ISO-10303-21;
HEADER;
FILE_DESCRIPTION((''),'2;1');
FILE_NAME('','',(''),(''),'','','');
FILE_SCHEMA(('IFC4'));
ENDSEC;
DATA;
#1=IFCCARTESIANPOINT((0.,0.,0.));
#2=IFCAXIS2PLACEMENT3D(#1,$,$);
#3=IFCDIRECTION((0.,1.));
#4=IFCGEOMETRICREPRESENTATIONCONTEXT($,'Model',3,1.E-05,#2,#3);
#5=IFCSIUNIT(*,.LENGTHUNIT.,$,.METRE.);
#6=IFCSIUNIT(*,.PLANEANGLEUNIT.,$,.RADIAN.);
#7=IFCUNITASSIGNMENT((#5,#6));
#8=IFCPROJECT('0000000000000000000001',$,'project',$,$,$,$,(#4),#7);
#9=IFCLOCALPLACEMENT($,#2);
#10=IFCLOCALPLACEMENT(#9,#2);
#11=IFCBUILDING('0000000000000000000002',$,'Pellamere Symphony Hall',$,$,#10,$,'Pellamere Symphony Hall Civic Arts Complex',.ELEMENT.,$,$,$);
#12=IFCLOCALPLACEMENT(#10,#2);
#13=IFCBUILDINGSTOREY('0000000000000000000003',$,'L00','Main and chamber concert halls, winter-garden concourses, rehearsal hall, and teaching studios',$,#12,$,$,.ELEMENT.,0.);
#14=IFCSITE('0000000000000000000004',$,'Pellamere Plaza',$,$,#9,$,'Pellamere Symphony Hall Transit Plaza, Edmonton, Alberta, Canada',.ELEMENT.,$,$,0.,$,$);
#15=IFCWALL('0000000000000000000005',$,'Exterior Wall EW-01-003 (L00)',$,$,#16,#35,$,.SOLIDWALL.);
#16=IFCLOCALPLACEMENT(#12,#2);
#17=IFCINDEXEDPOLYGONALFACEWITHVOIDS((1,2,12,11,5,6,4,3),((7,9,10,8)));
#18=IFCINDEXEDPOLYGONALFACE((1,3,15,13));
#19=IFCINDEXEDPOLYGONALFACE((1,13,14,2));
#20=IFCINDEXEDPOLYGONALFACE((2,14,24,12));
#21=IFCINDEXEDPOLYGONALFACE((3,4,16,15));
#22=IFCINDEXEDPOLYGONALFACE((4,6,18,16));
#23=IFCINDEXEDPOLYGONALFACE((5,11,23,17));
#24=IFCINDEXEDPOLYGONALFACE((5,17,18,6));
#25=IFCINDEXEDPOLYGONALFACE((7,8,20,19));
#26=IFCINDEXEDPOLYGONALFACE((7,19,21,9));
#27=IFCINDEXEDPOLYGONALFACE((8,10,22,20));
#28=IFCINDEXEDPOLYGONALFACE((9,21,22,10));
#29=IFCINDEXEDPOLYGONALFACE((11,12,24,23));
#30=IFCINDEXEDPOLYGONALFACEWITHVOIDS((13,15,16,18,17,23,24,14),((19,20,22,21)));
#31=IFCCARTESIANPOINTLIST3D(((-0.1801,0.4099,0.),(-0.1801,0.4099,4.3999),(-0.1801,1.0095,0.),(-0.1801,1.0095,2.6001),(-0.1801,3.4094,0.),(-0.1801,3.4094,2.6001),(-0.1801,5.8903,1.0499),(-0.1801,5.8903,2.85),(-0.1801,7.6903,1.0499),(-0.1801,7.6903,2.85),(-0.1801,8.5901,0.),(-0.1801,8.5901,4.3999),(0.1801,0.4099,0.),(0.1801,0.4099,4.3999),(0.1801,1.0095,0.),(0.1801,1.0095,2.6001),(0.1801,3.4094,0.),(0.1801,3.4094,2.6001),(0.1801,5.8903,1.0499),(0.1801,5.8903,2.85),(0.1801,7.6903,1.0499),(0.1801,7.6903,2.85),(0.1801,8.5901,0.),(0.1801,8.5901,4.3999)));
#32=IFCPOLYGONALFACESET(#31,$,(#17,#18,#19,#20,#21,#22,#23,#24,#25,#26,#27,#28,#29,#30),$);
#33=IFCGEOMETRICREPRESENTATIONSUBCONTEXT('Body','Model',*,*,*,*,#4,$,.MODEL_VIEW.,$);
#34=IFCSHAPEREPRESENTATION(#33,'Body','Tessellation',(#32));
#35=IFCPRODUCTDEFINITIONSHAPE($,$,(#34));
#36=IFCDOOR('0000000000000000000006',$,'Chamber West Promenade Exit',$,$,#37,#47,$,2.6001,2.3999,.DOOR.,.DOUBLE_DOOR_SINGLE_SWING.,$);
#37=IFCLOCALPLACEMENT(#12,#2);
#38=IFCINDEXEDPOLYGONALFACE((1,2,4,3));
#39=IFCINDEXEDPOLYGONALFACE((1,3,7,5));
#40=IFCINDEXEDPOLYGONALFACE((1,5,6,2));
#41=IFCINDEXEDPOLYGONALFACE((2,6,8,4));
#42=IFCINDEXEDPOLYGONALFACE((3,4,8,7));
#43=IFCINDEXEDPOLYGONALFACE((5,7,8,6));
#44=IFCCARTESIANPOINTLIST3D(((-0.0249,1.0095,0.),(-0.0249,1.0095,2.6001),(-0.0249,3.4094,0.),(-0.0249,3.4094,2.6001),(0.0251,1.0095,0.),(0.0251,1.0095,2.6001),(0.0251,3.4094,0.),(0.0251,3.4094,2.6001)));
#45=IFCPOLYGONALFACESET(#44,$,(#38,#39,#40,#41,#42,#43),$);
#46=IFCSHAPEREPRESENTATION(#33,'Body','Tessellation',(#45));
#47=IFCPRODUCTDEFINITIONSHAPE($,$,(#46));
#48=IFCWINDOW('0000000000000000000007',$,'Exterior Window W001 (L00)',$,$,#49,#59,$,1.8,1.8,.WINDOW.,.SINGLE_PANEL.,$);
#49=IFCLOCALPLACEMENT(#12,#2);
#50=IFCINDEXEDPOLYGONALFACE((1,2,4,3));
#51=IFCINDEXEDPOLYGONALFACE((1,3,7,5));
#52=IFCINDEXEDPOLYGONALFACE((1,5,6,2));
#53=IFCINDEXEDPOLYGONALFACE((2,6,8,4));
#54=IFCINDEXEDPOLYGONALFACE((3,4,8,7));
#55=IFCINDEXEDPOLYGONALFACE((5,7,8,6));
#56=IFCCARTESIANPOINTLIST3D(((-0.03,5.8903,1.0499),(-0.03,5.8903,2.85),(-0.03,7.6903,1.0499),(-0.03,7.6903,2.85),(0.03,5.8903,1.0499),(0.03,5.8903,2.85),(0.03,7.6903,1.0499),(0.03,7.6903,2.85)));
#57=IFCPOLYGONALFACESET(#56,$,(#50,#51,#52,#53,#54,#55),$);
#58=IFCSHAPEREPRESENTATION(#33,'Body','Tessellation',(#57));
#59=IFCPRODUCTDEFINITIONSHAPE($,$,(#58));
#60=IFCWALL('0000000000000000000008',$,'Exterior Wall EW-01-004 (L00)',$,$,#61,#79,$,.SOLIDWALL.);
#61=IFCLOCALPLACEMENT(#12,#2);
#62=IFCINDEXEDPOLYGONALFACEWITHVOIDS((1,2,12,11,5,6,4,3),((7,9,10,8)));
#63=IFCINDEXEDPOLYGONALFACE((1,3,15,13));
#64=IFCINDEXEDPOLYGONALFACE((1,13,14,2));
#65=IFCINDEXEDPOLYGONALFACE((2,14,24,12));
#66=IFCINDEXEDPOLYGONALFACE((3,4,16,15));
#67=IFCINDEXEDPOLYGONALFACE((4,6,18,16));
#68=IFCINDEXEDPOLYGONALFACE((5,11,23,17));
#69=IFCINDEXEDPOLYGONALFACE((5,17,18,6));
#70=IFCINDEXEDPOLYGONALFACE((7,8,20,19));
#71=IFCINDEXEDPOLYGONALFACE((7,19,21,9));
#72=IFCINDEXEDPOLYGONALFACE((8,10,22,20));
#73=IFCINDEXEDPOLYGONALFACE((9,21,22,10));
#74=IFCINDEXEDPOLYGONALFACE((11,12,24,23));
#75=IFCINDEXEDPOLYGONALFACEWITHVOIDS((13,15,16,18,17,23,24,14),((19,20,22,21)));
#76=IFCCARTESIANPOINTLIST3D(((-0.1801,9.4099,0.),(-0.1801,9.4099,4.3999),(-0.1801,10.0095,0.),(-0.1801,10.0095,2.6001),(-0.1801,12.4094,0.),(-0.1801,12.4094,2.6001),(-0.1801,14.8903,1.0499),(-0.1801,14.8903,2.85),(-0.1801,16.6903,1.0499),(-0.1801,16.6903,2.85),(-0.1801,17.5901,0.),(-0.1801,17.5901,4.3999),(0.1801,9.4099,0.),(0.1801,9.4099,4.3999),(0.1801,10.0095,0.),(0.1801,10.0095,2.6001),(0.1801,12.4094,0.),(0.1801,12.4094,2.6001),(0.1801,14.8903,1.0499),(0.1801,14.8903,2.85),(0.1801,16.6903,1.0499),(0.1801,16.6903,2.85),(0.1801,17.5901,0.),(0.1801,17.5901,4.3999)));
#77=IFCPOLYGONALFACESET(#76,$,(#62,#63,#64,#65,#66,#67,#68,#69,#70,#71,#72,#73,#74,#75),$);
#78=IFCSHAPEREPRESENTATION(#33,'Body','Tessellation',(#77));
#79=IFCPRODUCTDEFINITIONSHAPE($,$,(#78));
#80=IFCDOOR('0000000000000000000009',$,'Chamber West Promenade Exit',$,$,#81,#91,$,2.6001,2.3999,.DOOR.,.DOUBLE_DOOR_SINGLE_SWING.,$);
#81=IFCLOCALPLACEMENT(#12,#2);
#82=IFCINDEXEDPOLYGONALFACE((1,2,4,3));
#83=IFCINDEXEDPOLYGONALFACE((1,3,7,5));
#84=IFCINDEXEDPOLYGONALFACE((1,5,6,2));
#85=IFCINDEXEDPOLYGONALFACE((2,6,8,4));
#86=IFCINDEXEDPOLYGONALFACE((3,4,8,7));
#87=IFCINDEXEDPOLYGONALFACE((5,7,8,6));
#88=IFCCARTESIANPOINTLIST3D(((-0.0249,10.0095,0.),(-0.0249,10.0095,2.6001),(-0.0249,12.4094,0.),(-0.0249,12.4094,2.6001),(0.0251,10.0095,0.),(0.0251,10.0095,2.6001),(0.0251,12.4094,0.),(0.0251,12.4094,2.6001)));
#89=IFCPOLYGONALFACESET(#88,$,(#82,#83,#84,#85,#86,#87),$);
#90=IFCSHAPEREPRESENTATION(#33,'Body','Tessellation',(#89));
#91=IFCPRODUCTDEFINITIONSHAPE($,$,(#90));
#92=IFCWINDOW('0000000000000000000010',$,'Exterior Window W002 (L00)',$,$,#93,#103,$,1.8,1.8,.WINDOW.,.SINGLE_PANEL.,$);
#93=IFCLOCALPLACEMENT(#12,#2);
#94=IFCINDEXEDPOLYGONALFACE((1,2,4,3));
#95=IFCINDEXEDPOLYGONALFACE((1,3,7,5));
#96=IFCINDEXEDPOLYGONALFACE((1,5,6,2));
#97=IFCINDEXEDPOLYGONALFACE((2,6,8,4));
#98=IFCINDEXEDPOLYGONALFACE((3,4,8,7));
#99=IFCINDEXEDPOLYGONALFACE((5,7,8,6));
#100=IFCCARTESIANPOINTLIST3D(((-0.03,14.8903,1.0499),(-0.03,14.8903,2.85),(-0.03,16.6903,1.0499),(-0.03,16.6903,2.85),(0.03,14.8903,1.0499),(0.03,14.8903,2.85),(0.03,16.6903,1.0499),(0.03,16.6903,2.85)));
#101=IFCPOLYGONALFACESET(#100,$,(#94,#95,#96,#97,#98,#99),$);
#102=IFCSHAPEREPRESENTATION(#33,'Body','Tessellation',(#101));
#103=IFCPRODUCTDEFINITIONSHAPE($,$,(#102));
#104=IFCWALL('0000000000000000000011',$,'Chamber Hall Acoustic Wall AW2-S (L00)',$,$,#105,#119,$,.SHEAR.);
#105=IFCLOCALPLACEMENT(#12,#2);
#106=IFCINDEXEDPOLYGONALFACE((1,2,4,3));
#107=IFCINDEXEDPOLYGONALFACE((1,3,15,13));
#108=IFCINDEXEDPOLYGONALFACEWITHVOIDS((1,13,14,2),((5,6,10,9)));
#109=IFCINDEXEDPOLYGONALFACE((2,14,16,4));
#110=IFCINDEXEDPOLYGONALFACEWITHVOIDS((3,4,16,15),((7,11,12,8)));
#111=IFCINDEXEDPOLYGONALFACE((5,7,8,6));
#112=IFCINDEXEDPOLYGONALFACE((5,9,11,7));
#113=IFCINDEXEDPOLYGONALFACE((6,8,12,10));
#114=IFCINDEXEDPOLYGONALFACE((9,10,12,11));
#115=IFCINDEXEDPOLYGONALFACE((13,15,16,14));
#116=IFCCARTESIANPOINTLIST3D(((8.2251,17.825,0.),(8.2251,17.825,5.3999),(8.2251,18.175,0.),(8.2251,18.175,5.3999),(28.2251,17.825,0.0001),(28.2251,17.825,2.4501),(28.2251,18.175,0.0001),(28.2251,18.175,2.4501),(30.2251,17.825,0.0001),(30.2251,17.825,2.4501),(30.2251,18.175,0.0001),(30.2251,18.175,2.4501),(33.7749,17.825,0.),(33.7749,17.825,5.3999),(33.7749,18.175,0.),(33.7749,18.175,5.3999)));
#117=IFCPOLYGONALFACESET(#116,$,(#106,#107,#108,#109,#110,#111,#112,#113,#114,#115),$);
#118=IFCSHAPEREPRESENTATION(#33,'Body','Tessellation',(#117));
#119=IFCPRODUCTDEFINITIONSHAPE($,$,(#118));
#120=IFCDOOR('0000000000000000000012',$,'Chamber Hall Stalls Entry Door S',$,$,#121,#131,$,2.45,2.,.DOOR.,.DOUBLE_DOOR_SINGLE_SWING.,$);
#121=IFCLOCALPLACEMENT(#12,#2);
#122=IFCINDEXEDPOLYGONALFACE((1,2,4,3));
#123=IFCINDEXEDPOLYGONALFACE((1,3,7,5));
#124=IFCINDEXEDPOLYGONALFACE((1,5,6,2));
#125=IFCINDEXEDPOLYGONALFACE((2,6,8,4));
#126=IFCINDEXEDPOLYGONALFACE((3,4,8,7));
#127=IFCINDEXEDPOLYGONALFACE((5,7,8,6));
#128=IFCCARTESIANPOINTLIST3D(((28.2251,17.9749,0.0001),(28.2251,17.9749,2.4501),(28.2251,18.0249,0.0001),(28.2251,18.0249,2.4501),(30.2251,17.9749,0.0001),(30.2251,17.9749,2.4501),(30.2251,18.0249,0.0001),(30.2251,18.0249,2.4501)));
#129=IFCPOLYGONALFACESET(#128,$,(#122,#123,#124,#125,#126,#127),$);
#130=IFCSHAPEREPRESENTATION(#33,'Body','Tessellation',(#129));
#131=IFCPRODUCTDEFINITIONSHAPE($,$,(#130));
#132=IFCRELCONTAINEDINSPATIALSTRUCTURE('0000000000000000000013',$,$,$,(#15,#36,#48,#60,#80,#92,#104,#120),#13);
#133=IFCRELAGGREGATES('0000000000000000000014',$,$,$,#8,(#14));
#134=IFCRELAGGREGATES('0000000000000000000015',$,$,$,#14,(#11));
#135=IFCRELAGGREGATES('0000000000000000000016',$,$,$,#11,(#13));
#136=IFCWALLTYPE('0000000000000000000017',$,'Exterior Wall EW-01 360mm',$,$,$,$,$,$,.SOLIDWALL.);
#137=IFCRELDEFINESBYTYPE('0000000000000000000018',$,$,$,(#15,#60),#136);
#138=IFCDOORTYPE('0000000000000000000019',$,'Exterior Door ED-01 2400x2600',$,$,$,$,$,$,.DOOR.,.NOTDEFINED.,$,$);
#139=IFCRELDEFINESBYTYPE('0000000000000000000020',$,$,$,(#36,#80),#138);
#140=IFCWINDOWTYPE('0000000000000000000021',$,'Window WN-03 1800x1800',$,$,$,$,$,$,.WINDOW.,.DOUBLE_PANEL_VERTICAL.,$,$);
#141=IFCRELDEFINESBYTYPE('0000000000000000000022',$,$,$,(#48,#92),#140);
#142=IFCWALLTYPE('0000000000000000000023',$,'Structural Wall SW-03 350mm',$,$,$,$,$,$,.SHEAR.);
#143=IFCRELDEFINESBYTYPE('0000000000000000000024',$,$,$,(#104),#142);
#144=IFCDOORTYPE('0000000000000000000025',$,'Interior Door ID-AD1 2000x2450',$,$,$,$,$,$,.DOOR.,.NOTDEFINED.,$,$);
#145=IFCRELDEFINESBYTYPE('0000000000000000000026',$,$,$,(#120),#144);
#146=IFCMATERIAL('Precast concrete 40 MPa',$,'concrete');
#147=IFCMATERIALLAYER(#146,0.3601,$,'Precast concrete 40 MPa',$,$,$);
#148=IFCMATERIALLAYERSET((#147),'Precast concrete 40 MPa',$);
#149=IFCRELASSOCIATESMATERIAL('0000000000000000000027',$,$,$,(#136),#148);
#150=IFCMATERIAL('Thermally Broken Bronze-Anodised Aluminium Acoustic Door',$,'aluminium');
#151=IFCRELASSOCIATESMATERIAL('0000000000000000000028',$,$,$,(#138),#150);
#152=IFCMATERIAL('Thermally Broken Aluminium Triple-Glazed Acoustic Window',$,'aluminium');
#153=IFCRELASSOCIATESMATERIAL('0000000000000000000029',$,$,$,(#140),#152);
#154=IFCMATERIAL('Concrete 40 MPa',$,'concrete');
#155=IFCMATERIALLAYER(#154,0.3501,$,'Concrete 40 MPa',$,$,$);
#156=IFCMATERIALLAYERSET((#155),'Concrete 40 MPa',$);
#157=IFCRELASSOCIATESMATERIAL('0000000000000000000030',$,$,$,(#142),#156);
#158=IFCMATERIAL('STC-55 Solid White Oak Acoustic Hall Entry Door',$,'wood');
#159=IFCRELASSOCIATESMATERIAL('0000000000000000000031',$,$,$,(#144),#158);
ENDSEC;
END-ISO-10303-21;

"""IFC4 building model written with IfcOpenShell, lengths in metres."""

from ifc_helpers import new_model, si_unit, direction, frame, frame_2d, origin, place, context, subcontext, project, spatial, rectangle, extrude, material, layer, layer_set, type_object, element, fill, save


model = new_model("IFC4")

# Units and contexts
model_context = context("Model", 3, precision=1e-05, world=origin(), true_north=direction((0.0, 1.0)))
body_context = subcontext(model_context, "Body", "Model", "MODEL_VIEW")
ifc_project = project(units=[si_unit("LENGTHUNIT", "METRE"), si_unit("PLANEANGLEUNIT", "RADIAN")], contexts=[model_context])

# Site, building, storey
site_placement = place(None, origin())
site = spatial("IfcSite", under=ifc_project, at=site_placement, Name="Pellamere Plaza", LongName="Pellamere Symphony Hall Transit Plaza, Edmonton, Alberta, Canada", CompositionType="ELEMENT", RefElevation=0.0)
building_placement = place(site_placement, origin())
building = spatial("IfcBuilding", under=site, at=building_placement, Name="Pellamere Symphony Hall", LongName="Pellamere Symphony Hall Civic Arts Complex", CompositionType="ELEMENT")
storey_placement = place(building_placement, origin())
storey = spatial("IfcBuildingStorey", under=building, at=storey_placement, Name="L00", Description="Main and chamber concert halls, winter-garden concourses, rehearsal hall, and teaching studios", CompositionType="ELEMENT", Elevation=0.0)

# Shared definitions
ifc_material_1 = material(Name="Concrete 40 MPa", Category="concrete")

# Walls, openings, doors, windows
ifc_material_2 = material(Name="Precast concrete 40 MPa", Category="concrete")
ifc_layer_1 = layer(ifc_material_2, 0.3601, Name="Precast concrete 40 MPa")
ifc_layer_set_1 = layer_set([ifc_layer_1], Name="Precast concrete 40 MPa")
wall_type_1 = type_object("IfcWallType", Name="Exterior Wall EW-01 360mm", PredefinedType="SOLIDWALL", material=ifc_layer_set_1)
wall_1_placement = place(storey_placement, frame((0.0, 0.4099, 0.0), z_axis=(0.0, 0.0, 1.0), x_axis=(0.0, 1.0, 0.0)))
wall_1 = element("IfcWall", 1, at=wall_1_placement, inside=storey, type_object=wall_type_1, Name="Exterior Wall EW-01-003 (L00)", PredefinedType="SOLIDWALL", context=body_context, shape_type="SweptSolid", body=[
    extrude(rectangle(XDim=8.1802, YDim=0.3601, at=frame_2d((4.0901, 0.0))), origin(), (0.0, 0.0, 1.0), 4.3999),
])
opening_1_placement = place(wall_1_placement, frame((5.4805, 0.0, 1.05)))
opening_1 = element("IfcOpeningElement", 2, at=opening_1_placement, cuts=wall_1, PredefinedType="OPENING", context=body_context, shape_type="SweptSolid", body=[
    extrude(rectangle(XDim=1.8, YDim=1.8, at=frame_2d((0.8999, 0.8999))), frame((0.0, 0.1899, 0.0), z_axis=(0.0, -1.0, 0.0), x_axis=(1.0, 0.0, 0.0)), (0.0, 0.0, 1.0), 0.3801),
])
opening_2_placement = place(wall_1_placement, frame((0.5996, 0.0, 0.0)))
opening_2 = element("IfcOpeningElement", 3, at=opening_2_placement, cuts=wall_1, PredefinedType="OPENING", context=body_context, shape_type="SweptSolid", body=[
    extrude(rectangle(XDim=2.3999, YDim=2.6001, at=frame_2d((1.2, 1.3))), frame((0.0, 0.1899, 0.0), z_axis=(0.0, -1.0, 0.0), x_axis=(1.0, 0.0, 0.0)), (0.0, 0.0, 1.0), 0.3801),
])
ifc_material_3 = material(Name="Thermally Broken Bronze-Anodised Aluminium Acoustic Door", Category="aluminium")
door_type_1 = type_object("IfcDoorType", Name="Exterior Door ED-01 2400x2600", OperationType="NOTDEFINED", PredefinedType="DOOR", material=ifc_material_3)
door_1_placement = place(opening_2_placement, origin())
door_1 = element("IfcDoor", 4, at=door_1_placement, inside=storey, type_object=door_type_1, Name="Chamber West Promenade Exit", OperationType="DOUBLE_DOOR_SINGLE_SWING", OverallHeight=2.6001, OverallWidth=2.3999, PredefinedType="DOOR", context=body_context, shape_type="SweptSolid", body=[
    extrude(rectangle(XDim=2.3999, YDim=2.6001, at=frame_2d((1.2, 1.3))), frame((0.0, 0.0249, 0.0), z_axis=(0.0, -1.0, 0.0), x_axis=(1.0, 0.0, 0.0)), (0.0, 0.0, 1.0), 0.05),
])
fill(opening_2, door_1)
ifc_material_4 = material(Name="Thermally Broken Aluminium Triple-Glazed Acoustic Window", Category="aluminium")
window_type = type_object("IfcWindowType", Name="Window WN-03 1800x1800", PartitioningType="DOUBLE_PANEL_VERTICAL", PredefinedType="WINDOW", material=ifc_material_4)
window_1_placement = place(opening_1_placement, origin())
window_1 = element("IfcWindow", 5, at=window_1_placement, inside=storey, type_object=window_type, Name="Exterior Window W001 (L00)", OverallHeight=1.8, OverallWidth=1.8, PartitioningType="SINGLE_PANEL", PredefinedType="WINDOW", context=body_context, shape_type="SweptSolid", body=[
    extrude(rectangle(XDim=1.8, YDim=1.8, at=frame_2d((0.8999, 0.8999))), frame((0.0, 0.03, 0.0), z_axis=(0.0, -1.0, 0.0), x_axis=(1.0, 0.0, 0.0)), (0.0, 0.0, 1.0), 0.0601),
])
fill(opening_1, window_1)
wall_2_placement = place(storey_placement, frame((0.0, 9.4099, 0.0), z_axis=(0.0, 0.0, 1.0), x_axis=(0.0, 1.0, 0.0)))
wall_2 = element("IfcWall", 6, at=wall_2_placement, inside=storey, type_object=wall_type_1, Name="Exterior Wall EW-01-004 (L00)", PredefinedType="SOLIDWALL", context=body_context, shape_type="SweptSolid", body=[
    extrude(rectangle(XDim=8.1802, YDim=0.3601, at=frame_2d((4.0901, 0.0))), origin(), (0.0, 0.0, 1.0), 4.3999),
])
opening_3_placement = place(wall_2_placement, frame((5.4805, 0.0, 1.05)))
opening_3 = element("IfcOpeningElement", 7, at=opening_3_placement, cuts=wall_2, PredefinedType="OPENING", context=body_context, shape_type="SweptSolid", body=[
    extrude(rectangle(XDim=1.8, YDim=1.8, at=frame_2d((0.8999, 0.8999))), frame((0.0, 0.1899, 0.0), z_axis=(0.0, -1.0, 0.0), x_axis=(1.0, 0.0, 0.0)), (0.0, 0.0, 1.0), 0.3801),
])
opening_4_placement = place(wall_2_placement, frame((0.5996, 0.0, 0.0)))
opening_4 = element("IfcOpeningElement", 8, at=opening_4_placement, cuts=wall_2, PredefinedType="OPENING", context=body_context, shape_type="SweptSolid", body=[
    extrude(rectangle(XDim=2.3999, YDim=2.6001, at=frame_2d((1.2, 1.3))), frame((0.0, 0.1899, 0.0), z_axis=(0.0, -1.0, 0.0), x_axis=(1.0, 0.0, 0.0)), (0.0, 0.0, 1.0), 0.3801),
])
door_2_placement = place(opening_4_placement, origin())
door_2 = element("IfcDoor", 9, at=door_2_placement, inside=storey, type_object=door_type_1, Name="Chamber West Promenade Exit", OperationType="DOUBLE_DOOR_SINGLE_SWING", OverallHeight=2.6001, OverallWidth=2.3999, PredefinedType="DOOR", context=body_context, shape_type="SweptSolid", body=[
    extrude(rectangle(XDim=2.3999, YDim=2.6001, at=frame_2d((1.2, 1.3))), frame((0.0, 0.0249, 0.0), z_axis=(0.0, -1.0, 0.0), x_axis=(1.0, 0.0, 0.0)), (0.0, 0.0, 1.0), 0.05),
])
fill(opening_4, door_2)
window_2_placement = place(opening_3_placement, origin())
window_2 = element("IfcWindow", 10, at=window_2_placement, inside=storey, type_object=window_type, Name="Exterior Window W002 (L00)", OverallHeight=1.8, OverallWidth=1.8, PartitioningType="SINGLE_PANEL", PredefinedType="WINDOW", context=body_context, shape_type="SweptSolid", body=[
    extrude(rectangle(XDim=1.8, YDim=1.8, at=frame_2d((0.8999, 0.8999))), frame((0.0, 0.03, 0.0), z_axis=(0.0, -1.0, 0.0), x_axis=(1.0, 0.0, 0.0)), (0.0, 0.0, 1.0), 0.0601),
])
fill(opening_3, window_2)

# Wall, opening, door
ifc_layer_2 = layer(ifc_material_1, 0.3501, Name="Concrete 40 MPa")
ifc_layer_set_2 = layer_set([ifc_layer_2], Name="Concrete 40 MPa")
wall_type_2 = type_object("IfcWallType", Name="Structural Wall SW-03 350mm", PredefinedType="SHEAR", material=ifc_layer_set_2)
wall_3_placement = place(storey_placement, frame((8.2251, 18.0, 0.0), z_axis=(0.0, 0.0, 1.0), x_axis=(1.0, 0.0, 0.0)))
wall_3 = element("IfcWall", 11, at=wall_3_placement, inside=storey, type_object=wall_type_2, Name="Chamber Hall Acoustic Wall AW2-S (L00)", PredefinedType="SHEAR", context=body_context, shape_type="SweptSolid", body=[
    extrude(rectangle(XDim=25.5498, YDim=0.3501, at=frame_2d((12.7749, 0.0))), origin(), (0.0, 0.0, 1.0), 5.3999),
])
opening_5_placement = place(wall_3_placement, frame((20.0, 0.0, 0.0)))
opening_5 = element("IfcOpeningElement", 12, at=opening_5_placement, cuts=wall_3, PredefinedType="OPENING", context=body_context, shape_type="SweptSolid", body=[
    extrude(rectangle(XDim=2.0, YDim=2.45, at=frame_2d((1.0, 1.2251))), frame((0.0, 0.1851, 0.0), z_axis=(0.0, -1.0, 0.0), x_axis=(1.0, 0.0, 0.0)), (0.0, 0.0, 1.0), 0.3701),
])
ifc_material_5 = material(Name="STC-55 Solid White Oak Acoustic Hall Entry Door", Category="wood")
door_type_2 = type_object("IfcDoorType", Name="Interior Door ID-AD1 2000x2450", OperationType="NOTDEFINED", PredefinedType="DOOR", material=ifc_material_5)
door_3_placement = place(opening_5_placement, origin())
door_3 = element("IfcDoor", 13, at=door_3_placement, inside=storey, type_object=door_type_2, Name="Chamber Hall Stalls Entry Door S", OperationType="DOUBLE_DOOR_SINGLE_SWING", OverallHeight=2.45, OverallWidth=2.0, PredefinedType="DOOR", context=body_context, shape_type="SweptSolid", body=[
    extrude(rectangle(XDim=2.0, YDim=2.45, at=frame_2d((1.0, 1.2251))), frame((0.0, 0.0249, 0.0), z_axis=(0.0, -1.0, 0.0), x_axis=(1.0, 0.0, 0.0)), (0.0, 0.0, 1.0), 0.05),
])
fill(opening_5, door_3)

save(model, "model.ifc")
